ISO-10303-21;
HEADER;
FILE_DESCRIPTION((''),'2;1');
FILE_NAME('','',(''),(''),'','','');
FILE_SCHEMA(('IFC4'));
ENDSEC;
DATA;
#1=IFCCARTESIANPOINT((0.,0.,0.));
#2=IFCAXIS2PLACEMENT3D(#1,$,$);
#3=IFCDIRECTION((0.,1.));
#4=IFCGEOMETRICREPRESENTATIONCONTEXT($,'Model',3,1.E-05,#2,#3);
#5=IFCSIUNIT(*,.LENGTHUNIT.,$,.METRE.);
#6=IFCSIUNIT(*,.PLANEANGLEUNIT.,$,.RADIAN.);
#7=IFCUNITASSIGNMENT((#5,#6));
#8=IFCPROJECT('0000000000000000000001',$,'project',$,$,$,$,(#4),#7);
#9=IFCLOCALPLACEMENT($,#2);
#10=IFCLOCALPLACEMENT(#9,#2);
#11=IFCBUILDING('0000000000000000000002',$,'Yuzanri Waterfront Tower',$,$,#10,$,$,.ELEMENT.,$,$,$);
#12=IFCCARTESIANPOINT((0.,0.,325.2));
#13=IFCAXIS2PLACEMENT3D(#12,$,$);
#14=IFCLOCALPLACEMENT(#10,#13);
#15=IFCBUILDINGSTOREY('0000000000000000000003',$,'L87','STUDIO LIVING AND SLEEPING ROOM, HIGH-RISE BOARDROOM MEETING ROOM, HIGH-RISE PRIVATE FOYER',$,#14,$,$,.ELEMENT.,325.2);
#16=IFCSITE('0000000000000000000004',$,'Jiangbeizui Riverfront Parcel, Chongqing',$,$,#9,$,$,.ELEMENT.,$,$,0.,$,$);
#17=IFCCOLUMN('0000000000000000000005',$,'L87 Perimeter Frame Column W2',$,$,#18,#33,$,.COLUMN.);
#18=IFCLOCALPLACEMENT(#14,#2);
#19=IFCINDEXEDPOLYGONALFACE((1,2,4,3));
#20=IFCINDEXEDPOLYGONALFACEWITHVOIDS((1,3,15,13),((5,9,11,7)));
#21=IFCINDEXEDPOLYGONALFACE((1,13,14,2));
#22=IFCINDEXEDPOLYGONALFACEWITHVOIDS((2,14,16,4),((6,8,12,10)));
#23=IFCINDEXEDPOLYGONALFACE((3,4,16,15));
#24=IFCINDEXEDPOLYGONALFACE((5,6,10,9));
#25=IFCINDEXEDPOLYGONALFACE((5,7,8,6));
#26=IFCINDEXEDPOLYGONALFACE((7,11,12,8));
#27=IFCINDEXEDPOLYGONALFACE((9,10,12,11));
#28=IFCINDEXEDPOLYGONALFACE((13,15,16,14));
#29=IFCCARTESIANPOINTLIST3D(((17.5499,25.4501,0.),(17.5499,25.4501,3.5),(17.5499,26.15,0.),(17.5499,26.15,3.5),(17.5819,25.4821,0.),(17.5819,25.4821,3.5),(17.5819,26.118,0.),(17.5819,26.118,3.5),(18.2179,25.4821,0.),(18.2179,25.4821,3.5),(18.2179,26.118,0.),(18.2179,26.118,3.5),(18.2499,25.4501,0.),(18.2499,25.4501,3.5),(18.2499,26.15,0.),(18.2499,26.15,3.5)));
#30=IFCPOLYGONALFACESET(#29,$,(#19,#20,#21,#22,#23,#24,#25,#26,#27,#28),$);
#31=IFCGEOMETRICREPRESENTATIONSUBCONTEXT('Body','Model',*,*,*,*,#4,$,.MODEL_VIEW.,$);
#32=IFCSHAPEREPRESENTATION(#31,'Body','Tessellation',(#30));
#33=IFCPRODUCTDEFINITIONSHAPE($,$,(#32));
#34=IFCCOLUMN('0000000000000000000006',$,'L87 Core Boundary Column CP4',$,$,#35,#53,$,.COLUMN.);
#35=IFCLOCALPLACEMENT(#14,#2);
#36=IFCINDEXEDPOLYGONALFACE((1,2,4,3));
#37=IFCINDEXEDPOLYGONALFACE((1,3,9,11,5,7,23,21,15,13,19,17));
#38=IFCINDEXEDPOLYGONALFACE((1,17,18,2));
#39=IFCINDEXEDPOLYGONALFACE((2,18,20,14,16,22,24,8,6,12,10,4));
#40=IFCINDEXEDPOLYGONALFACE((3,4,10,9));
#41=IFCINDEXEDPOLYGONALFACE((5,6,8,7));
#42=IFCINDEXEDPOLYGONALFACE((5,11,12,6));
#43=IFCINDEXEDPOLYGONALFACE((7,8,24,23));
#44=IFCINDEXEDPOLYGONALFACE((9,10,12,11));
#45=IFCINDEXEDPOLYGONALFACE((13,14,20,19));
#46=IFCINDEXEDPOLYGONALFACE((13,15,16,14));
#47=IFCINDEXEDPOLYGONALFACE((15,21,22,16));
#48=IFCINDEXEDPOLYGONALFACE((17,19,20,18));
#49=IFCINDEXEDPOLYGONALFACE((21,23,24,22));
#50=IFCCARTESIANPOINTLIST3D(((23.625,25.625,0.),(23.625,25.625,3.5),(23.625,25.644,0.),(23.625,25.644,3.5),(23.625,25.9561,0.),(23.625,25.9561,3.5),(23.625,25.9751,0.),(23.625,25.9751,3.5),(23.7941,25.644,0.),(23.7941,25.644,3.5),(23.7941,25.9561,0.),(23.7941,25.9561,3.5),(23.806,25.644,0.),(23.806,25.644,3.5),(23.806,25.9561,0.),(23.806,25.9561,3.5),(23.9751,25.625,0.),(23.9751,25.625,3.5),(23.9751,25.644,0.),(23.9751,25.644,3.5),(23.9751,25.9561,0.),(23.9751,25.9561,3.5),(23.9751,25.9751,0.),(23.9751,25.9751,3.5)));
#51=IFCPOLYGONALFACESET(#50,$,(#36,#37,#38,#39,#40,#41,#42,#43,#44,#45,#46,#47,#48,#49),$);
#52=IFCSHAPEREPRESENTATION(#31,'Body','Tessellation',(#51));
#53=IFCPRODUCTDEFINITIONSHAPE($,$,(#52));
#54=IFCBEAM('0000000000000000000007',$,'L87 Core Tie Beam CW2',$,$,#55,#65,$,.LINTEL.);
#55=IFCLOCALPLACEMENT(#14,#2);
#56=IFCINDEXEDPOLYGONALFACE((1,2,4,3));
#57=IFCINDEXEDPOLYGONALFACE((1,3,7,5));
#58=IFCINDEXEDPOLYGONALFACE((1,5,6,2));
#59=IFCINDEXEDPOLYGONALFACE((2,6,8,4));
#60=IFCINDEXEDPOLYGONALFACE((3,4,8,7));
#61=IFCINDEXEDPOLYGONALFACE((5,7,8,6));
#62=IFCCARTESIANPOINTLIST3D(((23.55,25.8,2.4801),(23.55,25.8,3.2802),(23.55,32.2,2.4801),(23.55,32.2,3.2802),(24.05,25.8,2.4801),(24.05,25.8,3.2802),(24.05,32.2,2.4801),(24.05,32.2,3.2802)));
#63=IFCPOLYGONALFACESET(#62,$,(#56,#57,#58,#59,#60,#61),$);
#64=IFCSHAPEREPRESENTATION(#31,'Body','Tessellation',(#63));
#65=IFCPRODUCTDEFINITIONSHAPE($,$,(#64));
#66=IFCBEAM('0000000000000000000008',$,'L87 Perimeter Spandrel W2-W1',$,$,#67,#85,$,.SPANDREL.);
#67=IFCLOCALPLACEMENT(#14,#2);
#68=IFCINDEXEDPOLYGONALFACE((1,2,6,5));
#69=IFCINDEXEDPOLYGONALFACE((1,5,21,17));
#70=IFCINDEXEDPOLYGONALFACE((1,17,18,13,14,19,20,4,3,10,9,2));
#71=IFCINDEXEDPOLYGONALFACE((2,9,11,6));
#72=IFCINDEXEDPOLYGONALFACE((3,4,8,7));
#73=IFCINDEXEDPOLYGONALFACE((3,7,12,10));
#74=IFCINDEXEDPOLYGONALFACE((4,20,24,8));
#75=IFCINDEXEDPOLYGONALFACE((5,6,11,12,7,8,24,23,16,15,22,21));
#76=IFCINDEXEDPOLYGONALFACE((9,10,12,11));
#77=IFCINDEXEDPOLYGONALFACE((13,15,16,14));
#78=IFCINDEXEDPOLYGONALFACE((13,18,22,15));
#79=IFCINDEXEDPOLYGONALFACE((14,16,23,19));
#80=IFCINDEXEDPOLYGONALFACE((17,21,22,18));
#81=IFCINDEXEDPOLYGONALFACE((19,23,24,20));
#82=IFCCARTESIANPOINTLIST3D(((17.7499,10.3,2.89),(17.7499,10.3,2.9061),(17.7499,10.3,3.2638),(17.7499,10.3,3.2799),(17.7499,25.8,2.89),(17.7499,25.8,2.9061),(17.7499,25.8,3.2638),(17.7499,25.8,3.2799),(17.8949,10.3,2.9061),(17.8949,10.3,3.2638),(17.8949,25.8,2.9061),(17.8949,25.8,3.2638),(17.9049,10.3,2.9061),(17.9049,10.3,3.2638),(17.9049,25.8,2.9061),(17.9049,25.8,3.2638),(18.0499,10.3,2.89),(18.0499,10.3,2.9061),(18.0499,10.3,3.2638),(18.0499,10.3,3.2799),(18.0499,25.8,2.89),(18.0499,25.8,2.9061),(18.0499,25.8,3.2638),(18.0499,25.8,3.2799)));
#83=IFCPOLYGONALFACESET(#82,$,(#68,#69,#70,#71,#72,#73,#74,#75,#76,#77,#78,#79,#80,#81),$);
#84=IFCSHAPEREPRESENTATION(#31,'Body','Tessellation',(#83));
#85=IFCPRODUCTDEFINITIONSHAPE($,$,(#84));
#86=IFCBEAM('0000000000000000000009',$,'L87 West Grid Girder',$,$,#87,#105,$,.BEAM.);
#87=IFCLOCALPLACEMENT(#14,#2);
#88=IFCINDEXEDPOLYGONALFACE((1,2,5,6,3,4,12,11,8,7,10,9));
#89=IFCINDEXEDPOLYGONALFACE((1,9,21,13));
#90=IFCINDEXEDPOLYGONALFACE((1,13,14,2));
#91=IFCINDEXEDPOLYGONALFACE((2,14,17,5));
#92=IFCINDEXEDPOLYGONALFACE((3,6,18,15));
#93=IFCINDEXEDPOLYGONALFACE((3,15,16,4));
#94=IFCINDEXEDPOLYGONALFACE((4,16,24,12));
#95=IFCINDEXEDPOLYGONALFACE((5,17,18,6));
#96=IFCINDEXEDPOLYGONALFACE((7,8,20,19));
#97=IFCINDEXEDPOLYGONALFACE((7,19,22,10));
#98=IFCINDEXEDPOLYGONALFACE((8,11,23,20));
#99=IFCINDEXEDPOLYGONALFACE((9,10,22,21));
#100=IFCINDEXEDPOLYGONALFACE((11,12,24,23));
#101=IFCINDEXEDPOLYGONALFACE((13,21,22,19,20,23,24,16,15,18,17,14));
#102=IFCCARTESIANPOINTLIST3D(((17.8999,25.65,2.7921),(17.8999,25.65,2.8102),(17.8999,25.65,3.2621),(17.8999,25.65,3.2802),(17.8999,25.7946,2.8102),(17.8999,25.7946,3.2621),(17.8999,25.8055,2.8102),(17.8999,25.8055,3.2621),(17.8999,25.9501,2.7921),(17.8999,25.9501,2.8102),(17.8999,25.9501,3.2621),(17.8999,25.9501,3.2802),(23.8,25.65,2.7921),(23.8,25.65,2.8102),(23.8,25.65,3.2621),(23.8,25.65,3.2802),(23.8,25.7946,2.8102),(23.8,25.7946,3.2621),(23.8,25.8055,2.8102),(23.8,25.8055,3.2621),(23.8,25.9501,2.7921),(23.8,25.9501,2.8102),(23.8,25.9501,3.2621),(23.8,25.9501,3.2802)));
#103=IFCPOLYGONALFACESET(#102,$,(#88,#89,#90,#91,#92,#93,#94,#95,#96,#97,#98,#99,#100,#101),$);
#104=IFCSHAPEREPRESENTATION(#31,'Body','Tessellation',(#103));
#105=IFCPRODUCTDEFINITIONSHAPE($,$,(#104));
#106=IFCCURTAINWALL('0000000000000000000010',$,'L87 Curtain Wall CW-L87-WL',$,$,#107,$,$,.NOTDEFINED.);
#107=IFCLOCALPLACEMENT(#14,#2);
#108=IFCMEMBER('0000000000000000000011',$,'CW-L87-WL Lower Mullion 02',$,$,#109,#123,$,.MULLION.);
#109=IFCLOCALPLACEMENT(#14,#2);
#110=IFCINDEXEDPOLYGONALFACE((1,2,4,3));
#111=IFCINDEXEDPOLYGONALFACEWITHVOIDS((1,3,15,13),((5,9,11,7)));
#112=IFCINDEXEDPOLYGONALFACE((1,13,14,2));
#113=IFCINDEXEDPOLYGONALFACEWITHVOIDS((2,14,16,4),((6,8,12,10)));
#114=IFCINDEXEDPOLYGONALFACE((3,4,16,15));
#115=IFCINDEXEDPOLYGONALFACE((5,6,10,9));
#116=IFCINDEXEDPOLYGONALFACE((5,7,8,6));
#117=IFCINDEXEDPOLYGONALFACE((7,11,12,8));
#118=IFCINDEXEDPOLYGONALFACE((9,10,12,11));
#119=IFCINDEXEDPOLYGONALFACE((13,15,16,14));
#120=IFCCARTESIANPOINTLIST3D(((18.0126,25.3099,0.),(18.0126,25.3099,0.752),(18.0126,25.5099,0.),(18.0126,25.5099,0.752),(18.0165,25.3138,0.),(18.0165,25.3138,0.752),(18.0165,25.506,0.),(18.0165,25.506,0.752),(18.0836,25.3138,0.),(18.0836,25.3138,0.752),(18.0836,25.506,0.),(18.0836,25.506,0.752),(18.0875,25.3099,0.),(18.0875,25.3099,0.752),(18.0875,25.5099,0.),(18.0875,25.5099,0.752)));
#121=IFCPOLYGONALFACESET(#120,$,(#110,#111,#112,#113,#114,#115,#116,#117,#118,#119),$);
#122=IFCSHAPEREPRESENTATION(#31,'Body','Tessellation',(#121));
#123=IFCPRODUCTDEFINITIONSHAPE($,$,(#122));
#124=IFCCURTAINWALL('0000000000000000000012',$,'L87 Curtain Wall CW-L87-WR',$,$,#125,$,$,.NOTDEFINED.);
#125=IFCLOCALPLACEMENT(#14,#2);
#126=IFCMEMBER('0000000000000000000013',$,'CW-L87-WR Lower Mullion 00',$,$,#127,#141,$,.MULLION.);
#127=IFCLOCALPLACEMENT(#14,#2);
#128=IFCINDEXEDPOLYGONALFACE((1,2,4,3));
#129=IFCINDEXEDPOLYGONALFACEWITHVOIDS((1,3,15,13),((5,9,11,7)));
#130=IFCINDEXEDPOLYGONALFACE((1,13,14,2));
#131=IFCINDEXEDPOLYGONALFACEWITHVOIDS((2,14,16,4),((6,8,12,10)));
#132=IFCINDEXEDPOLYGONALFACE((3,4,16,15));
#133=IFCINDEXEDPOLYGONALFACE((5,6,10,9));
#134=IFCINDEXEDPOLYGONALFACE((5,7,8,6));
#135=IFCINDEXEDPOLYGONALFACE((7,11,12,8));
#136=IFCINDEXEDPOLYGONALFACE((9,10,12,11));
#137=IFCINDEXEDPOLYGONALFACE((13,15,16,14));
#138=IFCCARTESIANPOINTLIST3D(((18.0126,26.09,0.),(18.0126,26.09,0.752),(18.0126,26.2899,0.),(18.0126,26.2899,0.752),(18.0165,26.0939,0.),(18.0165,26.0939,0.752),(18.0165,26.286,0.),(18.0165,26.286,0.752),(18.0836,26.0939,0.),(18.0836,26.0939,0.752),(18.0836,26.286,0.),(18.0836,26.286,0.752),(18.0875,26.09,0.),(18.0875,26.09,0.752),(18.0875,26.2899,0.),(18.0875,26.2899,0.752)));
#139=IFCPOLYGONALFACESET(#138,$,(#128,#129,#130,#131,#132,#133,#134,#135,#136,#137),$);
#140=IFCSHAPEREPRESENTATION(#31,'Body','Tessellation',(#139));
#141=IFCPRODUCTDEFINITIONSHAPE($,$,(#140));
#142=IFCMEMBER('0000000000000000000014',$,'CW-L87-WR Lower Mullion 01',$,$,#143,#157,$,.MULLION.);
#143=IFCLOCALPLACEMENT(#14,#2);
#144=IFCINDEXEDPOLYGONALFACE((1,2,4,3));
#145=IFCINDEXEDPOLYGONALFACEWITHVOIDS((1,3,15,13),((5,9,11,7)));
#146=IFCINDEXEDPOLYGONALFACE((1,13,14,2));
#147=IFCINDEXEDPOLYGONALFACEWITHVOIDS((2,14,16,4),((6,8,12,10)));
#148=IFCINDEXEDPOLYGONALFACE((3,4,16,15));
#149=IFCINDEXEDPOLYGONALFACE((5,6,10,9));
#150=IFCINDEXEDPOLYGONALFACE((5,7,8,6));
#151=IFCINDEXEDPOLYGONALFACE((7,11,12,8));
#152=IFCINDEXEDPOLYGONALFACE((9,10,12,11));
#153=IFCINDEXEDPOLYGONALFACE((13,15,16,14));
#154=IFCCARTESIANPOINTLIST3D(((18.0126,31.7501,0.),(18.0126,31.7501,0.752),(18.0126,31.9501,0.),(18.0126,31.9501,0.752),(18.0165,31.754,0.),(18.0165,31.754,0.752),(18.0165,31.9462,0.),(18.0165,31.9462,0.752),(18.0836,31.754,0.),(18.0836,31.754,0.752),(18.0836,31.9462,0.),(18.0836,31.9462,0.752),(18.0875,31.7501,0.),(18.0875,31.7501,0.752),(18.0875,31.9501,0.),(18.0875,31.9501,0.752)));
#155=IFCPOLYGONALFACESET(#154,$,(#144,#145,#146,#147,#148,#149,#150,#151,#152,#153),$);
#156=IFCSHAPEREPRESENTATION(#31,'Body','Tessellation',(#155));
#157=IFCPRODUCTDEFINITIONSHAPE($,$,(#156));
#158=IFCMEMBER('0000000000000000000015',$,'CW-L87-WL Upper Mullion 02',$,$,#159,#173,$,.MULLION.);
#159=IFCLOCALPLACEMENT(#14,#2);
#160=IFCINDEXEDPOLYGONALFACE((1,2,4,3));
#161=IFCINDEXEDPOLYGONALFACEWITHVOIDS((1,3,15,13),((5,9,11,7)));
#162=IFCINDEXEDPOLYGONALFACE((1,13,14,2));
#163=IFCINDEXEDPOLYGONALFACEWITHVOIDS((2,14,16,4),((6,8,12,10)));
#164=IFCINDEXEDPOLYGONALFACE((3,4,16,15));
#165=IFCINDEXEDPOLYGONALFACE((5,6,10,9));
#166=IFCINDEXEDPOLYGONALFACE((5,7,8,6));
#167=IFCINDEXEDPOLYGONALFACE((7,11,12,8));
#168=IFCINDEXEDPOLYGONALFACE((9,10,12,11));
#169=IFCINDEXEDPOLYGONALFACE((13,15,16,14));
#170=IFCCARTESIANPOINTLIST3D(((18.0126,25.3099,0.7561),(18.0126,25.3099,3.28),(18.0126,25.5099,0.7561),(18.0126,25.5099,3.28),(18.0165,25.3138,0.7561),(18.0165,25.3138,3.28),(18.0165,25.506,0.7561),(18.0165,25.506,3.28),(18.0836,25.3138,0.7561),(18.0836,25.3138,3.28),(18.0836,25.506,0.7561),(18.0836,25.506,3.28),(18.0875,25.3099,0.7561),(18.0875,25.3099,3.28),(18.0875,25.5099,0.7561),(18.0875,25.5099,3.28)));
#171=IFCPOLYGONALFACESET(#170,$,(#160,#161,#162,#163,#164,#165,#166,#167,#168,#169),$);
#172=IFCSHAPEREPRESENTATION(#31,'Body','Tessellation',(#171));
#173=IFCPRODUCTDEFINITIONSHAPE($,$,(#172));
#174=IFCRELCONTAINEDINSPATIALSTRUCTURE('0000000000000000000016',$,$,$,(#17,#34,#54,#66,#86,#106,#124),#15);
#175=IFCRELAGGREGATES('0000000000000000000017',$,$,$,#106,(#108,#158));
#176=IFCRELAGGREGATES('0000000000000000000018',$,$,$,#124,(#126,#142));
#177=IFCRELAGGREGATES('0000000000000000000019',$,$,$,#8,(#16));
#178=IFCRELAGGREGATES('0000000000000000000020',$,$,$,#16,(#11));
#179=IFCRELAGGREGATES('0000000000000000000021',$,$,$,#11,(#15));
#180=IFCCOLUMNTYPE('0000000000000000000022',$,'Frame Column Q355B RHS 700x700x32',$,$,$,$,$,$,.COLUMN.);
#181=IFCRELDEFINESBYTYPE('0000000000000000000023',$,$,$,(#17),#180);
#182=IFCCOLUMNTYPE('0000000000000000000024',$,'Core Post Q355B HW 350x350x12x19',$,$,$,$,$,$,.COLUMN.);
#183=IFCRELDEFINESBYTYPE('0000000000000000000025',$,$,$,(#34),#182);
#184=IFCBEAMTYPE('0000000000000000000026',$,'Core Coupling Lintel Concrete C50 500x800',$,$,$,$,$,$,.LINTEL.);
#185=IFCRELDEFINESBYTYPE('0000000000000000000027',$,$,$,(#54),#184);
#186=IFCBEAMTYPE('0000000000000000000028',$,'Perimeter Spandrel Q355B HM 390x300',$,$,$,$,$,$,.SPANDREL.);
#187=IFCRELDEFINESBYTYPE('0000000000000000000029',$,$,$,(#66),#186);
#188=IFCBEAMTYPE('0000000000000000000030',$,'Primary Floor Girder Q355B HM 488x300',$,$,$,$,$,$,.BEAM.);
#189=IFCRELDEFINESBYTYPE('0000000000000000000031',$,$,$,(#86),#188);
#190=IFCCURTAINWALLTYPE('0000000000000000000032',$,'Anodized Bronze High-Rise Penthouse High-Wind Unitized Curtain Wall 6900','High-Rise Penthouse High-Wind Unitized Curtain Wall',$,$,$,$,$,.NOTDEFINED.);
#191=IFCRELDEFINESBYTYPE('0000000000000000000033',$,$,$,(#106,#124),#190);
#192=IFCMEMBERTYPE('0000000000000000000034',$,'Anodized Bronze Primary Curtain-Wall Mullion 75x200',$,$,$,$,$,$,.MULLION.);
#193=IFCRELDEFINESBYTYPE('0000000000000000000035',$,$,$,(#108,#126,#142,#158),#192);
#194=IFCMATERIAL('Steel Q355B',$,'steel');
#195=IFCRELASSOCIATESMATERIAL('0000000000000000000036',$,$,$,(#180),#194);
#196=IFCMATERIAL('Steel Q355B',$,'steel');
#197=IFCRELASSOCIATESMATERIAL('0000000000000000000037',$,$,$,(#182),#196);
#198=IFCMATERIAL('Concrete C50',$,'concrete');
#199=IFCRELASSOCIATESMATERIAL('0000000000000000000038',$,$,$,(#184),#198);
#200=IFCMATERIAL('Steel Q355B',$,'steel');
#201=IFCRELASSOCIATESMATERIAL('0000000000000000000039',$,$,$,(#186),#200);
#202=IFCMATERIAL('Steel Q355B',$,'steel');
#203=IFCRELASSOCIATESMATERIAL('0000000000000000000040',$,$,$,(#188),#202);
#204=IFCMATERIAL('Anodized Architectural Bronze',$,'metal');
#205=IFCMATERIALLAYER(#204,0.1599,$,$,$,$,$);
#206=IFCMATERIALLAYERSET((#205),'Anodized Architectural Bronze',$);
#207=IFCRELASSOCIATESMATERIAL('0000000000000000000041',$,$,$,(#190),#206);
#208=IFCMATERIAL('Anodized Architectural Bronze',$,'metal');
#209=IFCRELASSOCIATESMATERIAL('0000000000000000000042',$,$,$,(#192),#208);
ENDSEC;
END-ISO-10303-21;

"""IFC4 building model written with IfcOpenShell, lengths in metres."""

from ifc_helpers import new_model, si_unit, direction, frame, origin, origin_2d, place, context, subcontext, project, spatial, rectangle, hollow_rectangle, i_section, extrude, source, transform, mapped, material, layer, layer_set, material_profile, profile_set, type_object, element, aggregate, save


model = new_model("IFC4")

# Units and contexts
model_context = context("Model", 3, precision=1e-05, world=origin(), true_north=direction((0.0, 1.0)))
body_context = subcontext(model_context, "Body", "Model", "MODEL_VIEW")
ifc_project = project(units=[si_unit("LENGTHUNIT", "METRE"), si_unit("PLANEANGLEUNIT", "RADIAN")], contexts=[model_context])

# Site, building, storey
site_placement = place(None, origin())
site = spatial("IfcSite", under=ifc_project, at=site_placement, Name="Jiangbeizui Riverfront Parcel, Chongqing", CompositionType="ELEMENT", RefElevation=0.0)
building_placement = place(site_placement, origin())
building = spatial("IfcBuilding", under=site, at=building_placement, Name="Yuzanri Waterfront Tower", CompositionType="ELEMENT")
storey_placement = place(building_placement, frame((0.0, 0.0, 325.2)))
storey = spatial("IfcBuildingStorey", under=building, at=storey_placement, Name="L87", Description="STUDIO LIVING AND SLEEPING ROOM, HIGH-RISE BOARDROOM MEETING ROOM, HIGH-RISE PRIVATE FOYER", CompositionType="ELEMENT", Elevation=325.2)

# Columns
ifc_material_1 = material(Name="Steel Q355B", Category="steel")
ifc_material_profile_1 = material_profile(ifc_material_1, hollow_rectangle(XDim=0.7, YDim=0.7, WallThickness=0.032, at=origin_2d()), Name="RHS 700x700x32")
ifc_profile_set_1 = profile_set([ifc_material_profile_1], Name="Steel Q355B")
column_type_1 = type_object("IfcColumnType", Name="Frame Column Q355B RHS 700x700x32", PredefinedType="COLUMN", material=ifc_profile_set_1)
shared_shape_1 = source(origin(), body_context, "Body", "SweptSolid", [
    extrude(hollow_rectangle(XDim=0.7, YDim=0.7, WallThickness=0.032, at=origin_2d()), origin(), (0.0, 0.0, 1.0), 3.5),
])
column_1_placement = place(storey_placement, frame((17.8999, 25.8, 0.0), z_axis=(0.0, 0.0, 1.0), x_axis=(1.0, 0.0, 0.0)))
element("IfcColumn", 1, at=column_1_placement, inside=storey, type_object=column_type_1, Name="L87 Perimeter Frame Column W2", PredefinedType="COLUMN", context=body_context, shape_type="MappedRepresentation", body=[
    mapped(shared_shape_1, transform((0.0, 0.0, 0.0), scale=1.0)),
])
ifc_material_2 = material(Name="Steel Q355B", Category="steel")
ifc_material_profile_2 = material_profile(ifc_material_2, i_section(OverallWidth=0.3501, OverallDepth=0.3501, WebThickness=0.012, FlangeThickness=0.019, at=origin_2d()), Name="HW 350x350x12x19")
ifc_profile_set_2 = profile_set([ifc_material_profile_2], Name="Steel Q355B")
column_type_2 = type_object("IfcColumnType", Name="Core Post Q355B HW 350x350x12x19", PredefinedType="COLUMN", material=ifc_profile_set_2)
shared_shape_2 = source(origin(), body_context, "Body", "SweptSolid", [
    extrude(i_section(OverallWidth=0.3501, OverallDepth=0.3501, WebThickness=0.012, FlangeThickness=0.019, at=origin_2d()), origin(), (0.0, 0.0, 1.0), 3.5),
])
column_2_placement = place(storey_placement, frame((23.8, 25.8, 0.0), z_axis=(0.0, 0.0, 1.0), x_axis=(1.0, 0.0, 0.0)))
element("IfcColumn", 2, at=column_2_placement, inside=storey, type_object=column_type_2, Name="L87 Core Boundary Column CP4", PredefinedType="COLUMN", context=body_context, shape_type="MappedRepresentation", body=[
    mapped(shared_shape_2, transform((0.0, 0.0, 0.0), scale=1.0)),
])

# Beams
ifc_material_3 = material(Name="Concrete C50", Category="concrete")
ifc_material_profile_3 = material_profile(ifc_material_3, rectangle(XDim=0.5, YDim=0.8, at=origin_2d()), Name="RC 500x800")
ifc_profile_set_3 = profile_set([ifc_material_profile_3], Name="Concrete C50")
beam_type_1 = type_object("IfcBeamType", Name="Core Coupling Lintel Concrete C50 500x800", PredefinedType="LINTEL", material=ifc_profile_set_3)
shared_shape_3 = source(origin(), body_context, "Body", "SweptSolid", [
    extrude(rectangle(XDim=0.5, YDim=0.8, at=origin_2d()), origin(), (0.0, 0.0, 1.0), 6.3999),
])
beam_1_placement = place(storey_placement, frame((23.8, 25.8, 2.8801), z_axis=(0.0, 1.0, 0.0), x_axis=(-1.0, 0.0, 0.0)))
element("IfcBeam", 3, at=beam_1_placement, inside=storey, type_object=beam_type_1, Name="L87 Core Tie Beam CW2", PredefinedType="LINTEL", context=body_context, shape_type="MappedRepresentation", body=[
    mapped(shared_shape_3, transform((0.0, 0.0, 0.0), scale=1.0)),
])
ifc_material_4 = material(Name="Steel Q355B", Category="steel")
ifc_material_profile_4 = material_profile(ifc_material_4, i_section(OverallWidth=0.3, OverallDepth=0.3899, WebThickness=0.01, FlangeThickness=0.0161, at=origin_2d()), Name="HM 390x300x10x16")
ifc_profile_set_4 = profile_set([ifc_material_profile_4], Name="Steel Q355B")
beam_type_2 = type_object("IfcBeamType", Name="Perimeter Spandrel Q355B HM 390x300", PredefinedType="SPANDREL", material=ifc_profile_set_4)
shared_shape_4 = source(origin(), body_context, "Body", "SweptSolid", [
    extrude(i_section(OverallWidth=0.3, OverallDepth=0.3899, WebThickness=0.01, FlangeThickness=0.0161, at=origin_2d()), origin(), (0.0, 0.0, 1.0), 15.5),
])
beam_2_placement = place(storey_placement, frame((17.8999, 25.8, 3.085), z_axis=(0.0, -1.0, 0.0), x_axis=(1.0, 0.0, 0.0)))
element("IfcBeam", 4, at=beam_2_placement, inside=storey, type_object=beam_type_2, Name="L87 Perimeter Spandrel W2-W1", PredefinedType="SPANDREL", context=body_context, shape_type="MappedRepresentation", body=[
    mapped(shared_shape_4, transform((0.0, 0.0, 0.0), scale=1.0)),
])
ifc_material_5 = material(Name="Steel Q355B", Category="steel")
ifc_material_profile_5 = material_profile(ifc_material_5, i_section(OverallWidth=0.3, OverallDepth=0.488, WebThickness=0.011, FlangeThickness=0.0181, at=origin_2d()), Name="HM 488x300x11x18")
ifc_profile_set_5 = profile_set([ifc_material_profile_5], Name="Steel Q355B")
beam_type_3 = type_object("IfcBeamType", Name="Primary Floor Girder Q355B HM 488x300", PredefinedType="BEAM", material=ifc_profile_set_5)
shared_shape_5 = source(origin(), body_context, "Body", "SweptSolid", [
    extrude(i_section(OverallWidth=0.3, OverallDepth=0.488, WebThickness=0.011, FlangeThickness=0.0181, at=origin_2d()), origin(), (0.0, 0.0, 1.0), 5.9001),
])
beam_3_placement = place(storey_placement, frame((23.8, 25.8, 3.0361), z_axis=(-1.0, 0.0, 0.0), x_axis=(0.0, -1.0, 0.0)))
element("IfcBeam", 5, at=beam_3_placement, inside=storey, type_object=beam_type_3, Name="L87 West Grid Girder", PredefinedType="BEAM", context=body_context, shape_type="MappedRepresentation", body=[
    mapped(shared_shape_5, transform((0.0, 0.0, 0.0), scale=1.0)),
])

# Curtain wall, member
ifc_material_6 = material(Name="Anodized Architectural Bronze", Category="metal")
ifc_layer_1 = layer(ifc_material_6, 0.1599)
ifc_layer_set_1 = layer_set([ifc_layer_1], Name="Anodized Architectural Bronze")
curtain_wall_type = type_object("IfcCurtainWallType", Name="Anodized Bronze High-Rise Penthouse High-Wind Unitized Curtain Wall 6900", Description="High-Rise Penthouse High-Wind Unitized Curtain Wall", PredefinedType="NOTDEFINED", material=ifc_layer_set_1)
curtain_wall_1_placement = place(storey_placement, origin())
curtain_wall_1 = element("IfcCurtainWall", 6, at=curtain_wall_1_placement, inside=storey, type_object=curtain_wall_type, Name="L87 Curtain Wall CW-L87-WL", PredefinedType="NOTDEFINED")
ifc_material_7 = material(Name="Anodized Architectural Bronze", Category="metal")
ifc_material_profile_6 = material_profile(ifc_material_7, hollow_rectangle(XDim=0.075, YDim=0.2, WallThickness=0.0039, at=origin_2d()), Name="CWM 75x200")
ifc_profile_set_6 = profile_set([ifc_material_profile_6], Name="Anodized Architectural Bronze")
member_type_1 = type_object("IfcMemberType", Name="Anodized Bronze Primary Curtain-Wall Mullion 75x200", PredefinedType="MULLION", material=ifc_profile_set_6)
shared_shape_6 = source(origin(), body_context, "Body", "SweptSolid", [
    extrude(hollow_rectangle(XDim=0.075, YDim=0.2, WallThickness=0.0039, at=origin_2d()), origin(), (0.0, 0.0, 1.0), 0.752),
])
member_1_placement = place(storey_placement, frame((18.05, 25.4099, 0.0), z_axis=(0.0, 0.0, 1.0), x_axis=(1.0, 0.0, 0.0)))
member_1 = element("IfcMember", 7, at=member_1_placement, type_object=member_type_1, Name="CW-L87-WL Lower Mullion 02", PredefinedType="MULLION", context=body_context, shape_type="MappedRepresentation", body=[
    mapped(shared_shape_6, transform((0.0, 0.0, 0.0), scale=1.0)),
])

# Curtain wall, members
curtain_wall_2_placement = place(storey_placement, origin())
curtain_wall_2 = element("IfcCurtainWall", 8, at=curtain_wall_2_placement, inside=storey, type_object=curtain_wall_type, Name="L87 Curtain Wall CW-L87-WR", PredefinedType="NOTDEFINED")
member_2_placement = place(storey_placement, frame((18.05, 26.1899, 0.0), z_axis=(0.0, 0.0, 1.0), x_axis=(1.0, 0.0, 0.0)))
member_2 = element("IfcMember", 9, at=member_2_placement, type_object=member_type_1, Name="CW-L87-WR Lower Mullion 00", PredefinedType="MULLION", context=body_context, shape_type="MappedRepresentation", body=[
    mapped(shared_shape_6, transform((0.0, 0.0, 0.0), scale=1.0)),
])
member_3_placement = place(storey_placement, frame((18.05, 31.8501, 0.0), z_axis=(0.0, 0.0, 1.0), x_axis=(1.0, 0.0, 0.0)))
member_3 = element("IfcMember", 10, at=member_3_placement, type_object=member_type_1, Name="CW-L87-WR Lower Mullion 01", PredefinedType="MULLION", context=body_context, shape_type="MappedRepresentation", body=[
    mapped(shared_shape_6, transform((0.0, 0.0, 0.0), scale=1.0)),
])

# Member
shared_shape_7 = source(origin(), body_context, "Body", "SweptSolid", [
    extrude(hollow_rectangle(XDim=0.075, YDim=0.2, WallThickness=0.0039, at=origin_2d()), origin(), (0.0, 0.0, 1.0), 2.5239),
])
member_4_placement = place(storey_placement, frame((18.05, 25.4099, 0.7561), z_axis=(0.0, 0.0, 1.0), x_axis=(1.0, 0.0, 0.0)))
member_4 = element("IfcMember", 11, at=member_4_placement, type_object=member_type_1, Name="CW-L87-WL Upper Mullion 02", PredefinedType="MULLION", context=body_context, shape_type="MappedRepresentation", body=[
    mapped(shared_shape_7, transform((0.0, 0.0, 0.0), scale=1.0)),
])
aggregate(curtain_wall_1, [member_1, member_4])

aggregate(curtain_wall_2, [member_2, member_3])

save(model, "model.ifc")
